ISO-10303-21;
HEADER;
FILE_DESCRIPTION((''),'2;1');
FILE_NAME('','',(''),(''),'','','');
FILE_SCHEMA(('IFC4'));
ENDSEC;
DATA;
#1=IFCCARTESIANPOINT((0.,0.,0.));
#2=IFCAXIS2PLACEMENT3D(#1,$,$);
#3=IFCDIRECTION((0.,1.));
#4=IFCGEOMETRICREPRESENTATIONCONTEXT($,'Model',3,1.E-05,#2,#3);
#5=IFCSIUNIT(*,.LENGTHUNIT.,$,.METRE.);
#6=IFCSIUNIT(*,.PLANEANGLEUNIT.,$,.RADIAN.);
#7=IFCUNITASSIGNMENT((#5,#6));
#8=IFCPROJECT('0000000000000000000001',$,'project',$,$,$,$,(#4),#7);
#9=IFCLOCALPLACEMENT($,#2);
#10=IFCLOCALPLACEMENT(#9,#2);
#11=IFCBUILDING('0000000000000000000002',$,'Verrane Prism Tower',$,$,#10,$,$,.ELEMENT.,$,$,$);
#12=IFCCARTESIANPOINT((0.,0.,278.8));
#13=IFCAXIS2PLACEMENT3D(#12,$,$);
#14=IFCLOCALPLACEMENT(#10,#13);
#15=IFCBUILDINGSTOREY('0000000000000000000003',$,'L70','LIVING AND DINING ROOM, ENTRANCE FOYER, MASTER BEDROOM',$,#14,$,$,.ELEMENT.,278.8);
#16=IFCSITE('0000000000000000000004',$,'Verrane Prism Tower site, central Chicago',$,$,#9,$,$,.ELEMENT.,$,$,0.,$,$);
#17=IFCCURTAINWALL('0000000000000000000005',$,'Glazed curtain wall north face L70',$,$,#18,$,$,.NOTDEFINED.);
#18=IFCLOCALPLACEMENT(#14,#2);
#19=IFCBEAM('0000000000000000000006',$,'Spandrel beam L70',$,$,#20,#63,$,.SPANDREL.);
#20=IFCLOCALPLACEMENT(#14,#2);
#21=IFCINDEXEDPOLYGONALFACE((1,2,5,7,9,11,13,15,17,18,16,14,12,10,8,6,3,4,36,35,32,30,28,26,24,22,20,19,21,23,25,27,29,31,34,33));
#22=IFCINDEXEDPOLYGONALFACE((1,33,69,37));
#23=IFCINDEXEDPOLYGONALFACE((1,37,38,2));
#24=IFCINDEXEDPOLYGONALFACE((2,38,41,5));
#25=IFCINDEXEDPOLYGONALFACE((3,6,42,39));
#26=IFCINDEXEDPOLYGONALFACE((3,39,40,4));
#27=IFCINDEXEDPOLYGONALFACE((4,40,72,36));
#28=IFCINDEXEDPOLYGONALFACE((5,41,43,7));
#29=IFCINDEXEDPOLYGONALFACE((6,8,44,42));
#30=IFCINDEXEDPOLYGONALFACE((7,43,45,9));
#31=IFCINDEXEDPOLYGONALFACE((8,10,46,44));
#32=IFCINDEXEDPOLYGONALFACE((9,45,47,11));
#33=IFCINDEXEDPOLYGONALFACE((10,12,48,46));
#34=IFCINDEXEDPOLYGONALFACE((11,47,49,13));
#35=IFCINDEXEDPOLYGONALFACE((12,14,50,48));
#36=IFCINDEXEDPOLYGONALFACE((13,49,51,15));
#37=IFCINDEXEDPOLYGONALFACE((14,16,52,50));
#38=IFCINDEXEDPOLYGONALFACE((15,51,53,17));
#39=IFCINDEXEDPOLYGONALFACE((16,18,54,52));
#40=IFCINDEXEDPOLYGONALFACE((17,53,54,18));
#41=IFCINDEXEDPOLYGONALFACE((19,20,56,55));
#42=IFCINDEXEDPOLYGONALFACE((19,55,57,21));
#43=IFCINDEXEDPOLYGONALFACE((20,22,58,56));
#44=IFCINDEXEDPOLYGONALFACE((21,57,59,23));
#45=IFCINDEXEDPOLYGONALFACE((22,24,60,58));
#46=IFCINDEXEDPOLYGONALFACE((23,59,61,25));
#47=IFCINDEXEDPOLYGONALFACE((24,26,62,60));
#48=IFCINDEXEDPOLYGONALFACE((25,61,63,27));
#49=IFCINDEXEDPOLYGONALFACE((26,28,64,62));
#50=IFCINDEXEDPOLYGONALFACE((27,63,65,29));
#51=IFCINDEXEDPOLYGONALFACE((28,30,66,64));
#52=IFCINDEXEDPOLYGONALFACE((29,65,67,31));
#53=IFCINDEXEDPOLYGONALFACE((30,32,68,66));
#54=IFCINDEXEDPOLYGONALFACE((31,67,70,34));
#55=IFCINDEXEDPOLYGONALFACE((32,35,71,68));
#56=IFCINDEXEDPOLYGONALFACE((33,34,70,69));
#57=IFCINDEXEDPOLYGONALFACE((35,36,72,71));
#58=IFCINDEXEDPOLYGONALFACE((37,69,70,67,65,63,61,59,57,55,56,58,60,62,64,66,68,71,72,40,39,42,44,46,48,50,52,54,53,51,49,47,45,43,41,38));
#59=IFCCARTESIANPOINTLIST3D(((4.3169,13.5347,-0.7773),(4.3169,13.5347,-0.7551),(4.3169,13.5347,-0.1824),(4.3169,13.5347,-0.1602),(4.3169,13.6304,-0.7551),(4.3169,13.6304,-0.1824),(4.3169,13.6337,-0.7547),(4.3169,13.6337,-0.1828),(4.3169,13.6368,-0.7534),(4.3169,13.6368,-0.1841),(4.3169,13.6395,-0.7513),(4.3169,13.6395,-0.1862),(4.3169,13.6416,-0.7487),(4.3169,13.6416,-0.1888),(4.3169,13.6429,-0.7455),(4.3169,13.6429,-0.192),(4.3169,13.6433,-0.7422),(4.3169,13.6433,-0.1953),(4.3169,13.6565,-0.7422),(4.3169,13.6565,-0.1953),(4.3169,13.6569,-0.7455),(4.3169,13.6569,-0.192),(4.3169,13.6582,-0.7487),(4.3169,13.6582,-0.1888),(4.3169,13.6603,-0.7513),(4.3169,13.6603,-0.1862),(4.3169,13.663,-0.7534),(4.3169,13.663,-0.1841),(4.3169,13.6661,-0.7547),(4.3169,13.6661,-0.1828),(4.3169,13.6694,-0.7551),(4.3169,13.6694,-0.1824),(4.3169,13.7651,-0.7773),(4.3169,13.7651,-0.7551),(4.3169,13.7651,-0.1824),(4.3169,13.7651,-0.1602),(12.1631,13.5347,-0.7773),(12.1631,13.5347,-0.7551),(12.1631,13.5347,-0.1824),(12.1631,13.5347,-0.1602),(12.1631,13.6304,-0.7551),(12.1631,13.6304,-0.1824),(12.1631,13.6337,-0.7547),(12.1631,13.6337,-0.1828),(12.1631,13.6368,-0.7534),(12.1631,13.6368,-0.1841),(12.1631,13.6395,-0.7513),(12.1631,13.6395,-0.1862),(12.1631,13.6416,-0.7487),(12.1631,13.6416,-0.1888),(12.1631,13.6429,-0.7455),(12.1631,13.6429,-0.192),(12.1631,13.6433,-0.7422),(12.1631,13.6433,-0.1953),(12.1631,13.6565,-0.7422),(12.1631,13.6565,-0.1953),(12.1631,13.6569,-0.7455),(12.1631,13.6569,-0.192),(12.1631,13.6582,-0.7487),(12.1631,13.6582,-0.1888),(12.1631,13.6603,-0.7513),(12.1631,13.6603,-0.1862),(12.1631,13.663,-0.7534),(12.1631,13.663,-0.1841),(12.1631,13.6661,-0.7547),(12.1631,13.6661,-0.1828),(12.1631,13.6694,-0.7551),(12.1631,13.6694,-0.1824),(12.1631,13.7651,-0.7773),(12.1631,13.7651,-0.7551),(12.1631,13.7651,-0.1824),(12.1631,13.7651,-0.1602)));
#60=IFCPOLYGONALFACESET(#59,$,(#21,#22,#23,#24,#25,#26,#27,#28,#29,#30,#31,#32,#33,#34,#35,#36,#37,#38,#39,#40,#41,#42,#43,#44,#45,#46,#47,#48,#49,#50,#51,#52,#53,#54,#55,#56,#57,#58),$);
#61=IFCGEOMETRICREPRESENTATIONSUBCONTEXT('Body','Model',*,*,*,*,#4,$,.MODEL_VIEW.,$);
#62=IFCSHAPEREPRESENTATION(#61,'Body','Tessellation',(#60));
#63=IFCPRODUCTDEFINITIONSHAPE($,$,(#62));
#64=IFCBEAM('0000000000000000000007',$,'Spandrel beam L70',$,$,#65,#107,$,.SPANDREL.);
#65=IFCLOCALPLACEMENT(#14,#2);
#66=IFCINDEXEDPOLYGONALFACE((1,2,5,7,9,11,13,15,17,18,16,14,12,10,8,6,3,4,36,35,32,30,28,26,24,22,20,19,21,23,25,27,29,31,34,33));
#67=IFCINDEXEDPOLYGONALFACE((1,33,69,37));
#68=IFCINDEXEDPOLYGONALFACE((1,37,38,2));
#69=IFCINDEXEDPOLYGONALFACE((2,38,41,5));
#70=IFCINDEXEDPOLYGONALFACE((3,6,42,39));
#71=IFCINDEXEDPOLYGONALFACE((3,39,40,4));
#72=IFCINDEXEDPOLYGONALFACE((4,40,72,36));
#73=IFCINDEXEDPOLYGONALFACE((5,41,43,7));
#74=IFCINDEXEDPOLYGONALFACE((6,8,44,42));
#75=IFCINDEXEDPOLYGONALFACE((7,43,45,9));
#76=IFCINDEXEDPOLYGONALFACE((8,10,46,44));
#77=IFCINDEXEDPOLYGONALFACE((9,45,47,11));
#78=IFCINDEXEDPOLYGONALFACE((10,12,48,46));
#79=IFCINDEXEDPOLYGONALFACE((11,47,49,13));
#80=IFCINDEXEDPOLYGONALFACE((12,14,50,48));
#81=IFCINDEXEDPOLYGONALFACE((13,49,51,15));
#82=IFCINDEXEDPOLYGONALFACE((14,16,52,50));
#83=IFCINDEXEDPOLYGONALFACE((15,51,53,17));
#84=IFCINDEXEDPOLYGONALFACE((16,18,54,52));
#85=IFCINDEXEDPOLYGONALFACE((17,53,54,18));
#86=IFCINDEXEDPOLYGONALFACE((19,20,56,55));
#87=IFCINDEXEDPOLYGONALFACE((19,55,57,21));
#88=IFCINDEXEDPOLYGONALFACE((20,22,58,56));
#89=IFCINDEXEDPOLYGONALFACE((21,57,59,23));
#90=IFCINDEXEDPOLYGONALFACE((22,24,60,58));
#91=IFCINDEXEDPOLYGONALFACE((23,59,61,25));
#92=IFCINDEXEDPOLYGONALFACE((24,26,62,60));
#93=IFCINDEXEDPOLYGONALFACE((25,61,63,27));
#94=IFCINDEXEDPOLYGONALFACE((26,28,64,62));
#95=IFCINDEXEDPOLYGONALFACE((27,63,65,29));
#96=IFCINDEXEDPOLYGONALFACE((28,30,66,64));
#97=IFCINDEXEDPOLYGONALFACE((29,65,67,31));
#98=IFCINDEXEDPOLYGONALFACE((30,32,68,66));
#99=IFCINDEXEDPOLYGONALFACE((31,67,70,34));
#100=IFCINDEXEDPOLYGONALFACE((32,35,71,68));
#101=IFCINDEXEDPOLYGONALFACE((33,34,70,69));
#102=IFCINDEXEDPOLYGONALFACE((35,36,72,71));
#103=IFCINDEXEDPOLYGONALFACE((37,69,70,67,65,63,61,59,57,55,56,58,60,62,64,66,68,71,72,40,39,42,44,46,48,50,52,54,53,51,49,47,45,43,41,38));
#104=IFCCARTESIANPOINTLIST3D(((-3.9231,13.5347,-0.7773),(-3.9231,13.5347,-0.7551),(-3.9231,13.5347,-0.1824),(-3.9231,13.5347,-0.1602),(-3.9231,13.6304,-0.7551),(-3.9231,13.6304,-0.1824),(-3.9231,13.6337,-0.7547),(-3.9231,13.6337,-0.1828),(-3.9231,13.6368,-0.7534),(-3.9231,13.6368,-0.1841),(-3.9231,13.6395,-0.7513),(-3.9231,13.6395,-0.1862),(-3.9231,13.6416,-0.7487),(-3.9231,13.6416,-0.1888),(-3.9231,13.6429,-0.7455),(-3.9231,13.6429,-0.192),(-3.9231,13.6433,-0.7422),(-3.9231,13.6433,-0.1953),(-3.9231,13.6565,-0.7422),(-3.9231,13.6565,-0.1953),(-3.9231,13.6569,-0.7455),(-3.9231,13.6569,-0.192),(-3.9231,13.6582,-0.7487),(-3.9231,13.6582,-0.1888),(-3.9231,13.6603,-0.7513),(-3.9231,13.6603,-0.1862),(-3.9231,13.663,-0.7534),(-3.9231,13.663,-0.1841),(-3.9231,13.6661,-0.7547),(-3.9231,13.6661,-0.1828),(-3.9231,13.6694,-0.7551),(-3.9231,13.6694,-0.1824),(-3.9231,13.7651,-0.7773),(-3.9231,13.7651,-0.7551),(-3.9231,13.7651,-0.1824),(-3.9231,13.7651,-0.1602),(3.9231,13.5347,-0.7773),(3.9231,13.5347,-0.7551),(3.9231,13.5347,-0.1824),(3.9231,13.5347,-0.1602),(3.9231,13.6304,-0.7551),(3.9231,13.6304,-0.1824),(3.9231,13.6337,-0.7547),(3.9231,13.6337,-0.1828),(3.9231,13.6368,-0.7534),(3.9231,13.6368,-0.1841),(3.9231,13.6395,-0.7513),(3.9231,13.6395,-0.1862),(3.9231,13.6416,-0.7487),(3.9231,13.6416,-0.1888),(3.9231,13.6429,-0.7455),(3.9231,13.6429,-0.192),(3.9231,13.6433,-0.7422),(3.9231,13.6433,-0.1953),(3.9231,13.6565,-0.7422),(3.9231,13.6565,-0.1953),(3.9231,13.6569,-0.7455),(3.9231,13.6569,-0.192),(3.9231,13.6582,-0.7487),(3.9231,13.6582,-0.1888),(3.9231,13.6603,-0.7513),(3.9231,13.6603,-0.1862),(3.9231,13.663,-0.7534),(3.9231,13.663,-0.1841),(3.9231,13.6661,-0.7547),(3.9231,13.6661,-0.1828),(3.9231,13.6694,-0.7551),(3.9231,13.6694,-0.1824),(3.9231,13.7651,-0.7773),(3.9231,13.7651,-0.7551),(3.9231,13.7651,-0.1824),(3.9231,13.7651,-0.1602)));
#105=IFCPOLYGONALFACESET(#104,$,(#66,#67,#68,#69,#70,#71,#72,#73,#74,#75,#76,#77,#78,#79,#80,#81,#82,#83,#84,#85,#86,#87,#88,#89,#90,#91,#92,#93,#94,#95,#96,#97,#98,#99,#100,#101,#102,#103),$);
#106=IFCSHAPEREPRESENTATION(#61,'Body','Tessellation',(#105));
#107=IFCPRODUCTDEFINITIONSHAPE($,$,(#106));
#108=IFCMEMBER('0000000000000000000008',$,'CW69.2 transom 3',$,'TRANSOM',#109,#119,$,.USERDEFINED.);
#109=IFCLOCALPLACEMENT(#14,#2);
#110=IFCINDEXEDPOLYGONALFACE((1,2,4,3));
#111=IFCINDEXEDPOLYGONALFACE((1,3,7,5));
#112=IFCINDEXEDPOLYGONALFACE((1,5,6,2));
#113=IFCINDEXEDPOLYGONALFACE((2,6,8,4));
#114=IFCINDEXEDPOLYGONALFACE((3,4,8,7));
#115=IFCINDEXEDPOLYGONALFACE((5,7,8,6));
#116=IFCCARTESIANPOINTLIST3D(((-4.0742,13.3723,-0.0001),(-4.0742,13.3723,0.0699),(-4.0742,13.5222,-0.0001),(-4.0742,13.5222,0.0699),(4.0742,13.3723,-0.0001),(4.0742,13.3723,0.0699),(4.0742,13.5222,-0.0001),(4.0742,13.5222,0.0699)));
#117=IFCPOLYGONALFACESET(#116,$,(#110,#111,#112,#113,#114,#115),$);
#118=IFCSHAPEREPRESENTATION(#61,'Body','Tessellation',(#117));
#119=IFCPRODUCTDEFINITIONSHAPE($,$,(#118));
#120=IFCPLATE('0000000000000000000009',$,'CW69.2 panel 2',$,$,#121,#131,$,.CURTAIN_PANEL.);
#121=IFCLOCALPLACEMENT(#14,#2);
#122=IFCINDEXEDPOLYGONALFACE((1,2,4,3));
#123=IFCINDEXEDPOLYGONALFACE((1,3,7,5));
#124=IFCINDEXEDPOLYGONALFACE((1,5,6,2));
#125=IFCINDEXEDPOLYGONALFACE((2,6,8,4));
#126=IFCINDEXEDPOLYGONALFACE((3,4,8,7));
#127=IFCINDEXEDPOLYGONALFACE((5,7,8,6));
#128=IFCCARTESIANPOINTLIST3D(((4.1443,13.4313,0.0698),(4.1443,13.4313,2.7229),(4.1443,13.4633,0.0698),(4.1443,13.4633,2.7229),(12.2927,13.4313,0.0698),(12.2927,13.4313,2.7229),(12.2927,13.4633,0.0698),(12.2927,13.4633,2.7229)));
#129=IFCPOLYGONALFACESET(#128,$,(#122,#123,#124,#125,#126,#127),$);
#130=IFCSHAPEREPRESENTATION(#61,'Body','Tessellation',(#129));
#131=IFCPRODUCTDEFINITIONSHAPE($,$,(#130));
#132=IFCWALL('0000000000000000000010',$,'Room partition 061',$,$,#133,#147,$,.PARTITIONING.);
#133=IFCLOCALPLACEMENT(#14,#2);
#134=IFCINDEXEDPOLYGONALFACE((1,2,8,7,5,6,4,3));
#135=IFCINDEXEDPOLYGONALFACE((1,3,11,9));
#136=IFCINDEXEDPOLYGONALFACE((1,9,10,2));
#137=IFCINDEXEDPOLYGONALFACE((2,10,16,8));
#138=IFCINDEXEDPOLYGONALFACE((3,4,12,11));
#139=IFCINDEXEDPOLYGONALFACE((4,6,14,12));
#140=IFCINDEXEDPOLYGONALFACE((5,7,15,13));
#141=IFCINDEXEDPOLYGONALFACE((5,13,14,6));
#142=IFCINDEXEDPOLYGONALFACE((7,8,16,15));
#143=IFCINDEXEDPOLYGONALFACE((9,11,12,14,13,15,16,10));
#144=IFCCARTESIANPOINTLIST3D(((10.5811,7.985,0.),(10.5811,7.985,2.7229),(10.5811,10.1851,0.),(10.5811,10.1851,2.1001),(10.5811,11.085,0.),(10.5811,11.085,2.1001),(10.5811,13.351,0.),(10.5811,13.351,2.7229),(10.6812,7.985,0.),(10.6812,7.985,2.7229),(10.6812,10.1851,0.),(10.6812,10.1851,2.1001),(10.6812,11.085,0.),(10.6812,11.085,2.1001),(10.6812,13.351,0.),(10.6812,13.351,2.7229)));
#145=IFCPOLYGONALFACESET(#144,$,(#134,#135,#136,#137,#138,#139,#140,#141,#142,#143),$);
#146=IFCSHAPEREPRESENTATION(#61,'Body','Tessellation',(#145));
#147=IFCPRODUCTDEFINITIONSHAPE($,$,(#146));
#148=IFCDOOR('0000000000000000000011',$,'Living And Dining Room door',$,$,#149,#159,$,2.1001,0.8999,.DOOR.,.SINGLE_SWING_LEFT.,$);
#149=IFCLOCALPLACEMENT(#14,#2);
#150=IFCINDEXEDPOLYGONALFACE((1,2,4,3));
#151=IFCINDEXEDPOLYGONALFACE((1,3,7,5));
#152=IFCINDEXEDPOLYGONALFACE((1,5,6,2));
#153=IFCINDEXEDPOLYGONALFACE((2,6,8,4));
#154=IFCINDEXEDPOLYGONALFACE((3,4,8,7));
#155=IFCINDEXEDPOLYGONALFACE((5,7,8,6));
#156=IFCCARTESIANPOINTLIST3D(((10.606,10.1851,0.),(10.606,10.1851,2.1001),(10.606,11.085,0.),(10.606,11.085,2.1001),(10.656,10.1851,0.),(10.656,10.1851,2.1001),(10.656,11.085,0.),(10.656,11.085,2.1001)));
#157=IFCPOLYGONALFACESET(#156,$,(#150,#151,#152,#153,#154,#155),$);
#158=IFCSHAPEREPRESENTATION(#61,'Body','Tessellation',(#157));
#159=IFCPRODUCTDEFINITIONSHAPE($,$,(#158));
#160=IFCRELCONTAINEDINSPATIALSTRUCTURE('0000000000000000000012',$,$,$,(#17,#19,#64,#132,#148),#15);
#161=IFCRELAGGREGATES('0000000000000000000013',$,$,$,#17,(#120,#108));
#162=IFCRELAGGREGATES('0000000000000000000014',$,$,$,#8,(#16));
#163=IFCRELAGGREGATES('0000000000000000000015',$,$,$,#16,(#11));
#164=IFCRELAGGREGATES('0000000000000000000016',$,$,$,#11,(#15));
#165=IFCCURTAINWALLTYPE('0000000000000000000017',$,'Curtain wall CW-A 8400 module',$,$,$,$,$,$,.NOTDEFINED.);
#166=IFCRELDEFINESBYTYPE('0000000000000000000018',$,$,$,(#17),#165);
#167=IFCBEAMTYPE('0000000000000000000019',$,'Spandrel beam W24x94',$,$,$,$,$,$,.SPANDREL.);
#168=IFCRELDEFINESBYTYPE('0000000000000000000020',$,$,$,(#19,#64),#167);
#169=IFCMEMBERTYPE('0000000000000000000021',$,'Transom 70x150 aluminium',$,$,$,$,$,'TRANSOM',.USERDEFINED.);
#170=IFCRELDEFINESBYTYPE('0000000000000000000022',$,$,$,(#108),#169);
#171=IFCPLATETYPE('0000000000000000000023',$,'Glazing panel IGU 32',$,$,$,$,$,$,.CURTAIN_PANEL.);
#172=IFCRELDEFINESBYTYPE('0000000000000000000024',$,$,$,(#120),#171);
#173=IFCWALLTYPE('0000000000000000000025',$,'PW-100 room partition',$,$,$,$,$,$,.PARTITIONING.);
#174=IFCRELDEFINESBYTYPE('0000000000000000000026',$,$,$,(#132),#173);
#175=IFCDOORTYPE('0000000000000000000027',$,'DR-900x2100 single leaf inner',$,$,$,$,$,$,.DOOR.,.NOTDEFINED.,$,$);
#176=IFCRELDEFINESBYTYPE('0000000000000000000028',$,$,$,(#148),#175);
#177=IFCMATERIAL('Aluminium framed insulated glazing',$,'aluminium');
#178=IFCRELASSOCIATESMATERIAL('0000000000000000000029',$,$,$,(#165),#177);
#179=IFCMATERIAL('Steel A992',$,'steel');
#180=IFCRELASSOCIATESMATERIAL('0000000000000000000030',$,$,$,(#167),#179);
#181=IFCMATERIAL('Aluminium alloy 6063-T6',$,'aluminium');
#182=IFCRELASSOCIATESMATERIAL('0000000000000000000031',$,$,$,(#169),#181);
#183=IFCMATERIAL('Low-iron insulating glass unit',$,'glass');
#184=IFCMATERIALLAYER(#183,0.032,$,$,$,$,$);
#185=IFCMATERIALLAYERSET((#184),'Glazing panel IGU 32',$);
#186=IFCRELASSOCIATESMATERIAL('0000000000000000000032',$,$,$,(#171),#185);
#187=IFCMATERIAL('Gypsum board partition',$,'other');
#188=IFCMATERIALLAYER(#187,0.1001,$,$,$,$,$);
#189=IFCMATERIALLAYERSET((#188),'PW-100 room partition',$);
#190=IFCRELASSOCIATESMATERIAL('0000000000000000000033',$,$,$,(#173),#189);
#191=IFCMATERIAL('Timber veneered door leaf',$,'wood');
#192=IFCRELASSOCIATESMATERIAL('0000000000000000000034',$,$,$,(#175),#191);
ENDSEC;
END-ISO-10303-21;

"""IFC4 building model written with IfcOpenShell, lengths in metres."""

from ifc_helpers import new_model, si_unit, direction, frame, frame_2d, origin, origin_2d, place, context, subcontext, project, spatial, rectangle, i_section, extrude, material, layer, layer_set, material_profile, profile_set, type_object, element, fill, aggregate, save


model = new_model("IFC4")

# Units and contexts
model_context = context("Model", 3, precision=1e-05, world=origin(), true_north=direction((0.0, 1.0)))
body_context = subcontext(model_context, "Body", "Model", "MODEL_VIEW")
ifc_project = project(units=[si_unit("LENGTHUNIT", "METRE"), si_unit("PLANEANGLEUNIT", "RADIAN")], contexts=[model_context])

# Site, building, storey
site_placement = place(None, origin())
site = spatial("IfcSite", under=ifc_project, at=site_placement, Name="Verrane Prism Tower site, central Chicago", CompositionType="ELEMENT", RefElevation=0.0)
building_placement = place(site_placement, origin())
building = spatial("IfcBuilding", under=site, at=building_placement, Name="Verrane Prism Tower", CompositionType="ELEMENT")
storey_placement = place(building_placement, frame((0.0, 0.0, 278.8)))
storey = spatial("IfcBuildingStorey", under=building, at=storey_placement, Name="L70", Description="LIVING AND DINING ROOM, ENTRANCE FOYER, MASTER BEDROOM", CompositionType="ELEMENT", Elevation=278.8)

# Curtain wall
ifc_material_1 = material(Name="Aluminium framed insulated glazing", Category="aluminium")
curtain_wall_type = type_object("IfcCurtainWallType", Name="Curtain wall CW-A 8400 module", PredefinedType="NOTDEFINED", material=ifc_material_1)
curtain_wall_placement = place(storey_placement, origin())
curtain_wall = element("IfcCurtainWall", 1, at=curtain_wall_placement, inside=storey, type_object=curtain_wall_type, Name="Glazed curtain wall north face L70", PredefinedType="NOTDEFINED")

# Beams
ifc_material_2 = material(Name="Steel A992", Category="steel")
ifc_material_profile_1 = material_profile(ifc_material_2, i_section(OverallWidth=0.2305, OverallDepth=0.6172, WebThickness=0.0132, FlangeThickness=0.0222, FilletRadius=0.0129, at=origin_2d()), Name="W24x94")
ifc_profile_set_1 = profile_set([ifc_material_profile_1], Name="Steel A992")
beam_type_1 = type_object("IfcBeamType", Name="Spandrel beam W24x94", PredefinedType="SPANDREL", material=ifc_profile_set_1)
for number, where, z_axis, x_axis, name in (
    (2, (12.1631, 13.6499, -0.4688), (-1.0, 0.0, 0.0), (0.0, -1.0, 0.0), "Spandrel beam L70"),
    (3, (3.9231, 13.6499, -0.4688), (-1.0, 0.0, 0.0), (0.0, -1.0, 0.0), "Spandrel beam L70"),
):
    element("IfcBeam", number, at=place(storey_placement, frame(where, z_axis=z_axis, x_axis=x_axis)), inside=storey, type_object=beam_type_1, Name=name, PredefinedType="SPANDREL", context=body_context, shape_type="SweptSolid", body=[
        extrude(i_section(OverallWidth=0.2305, OverallDepth=0.6172, WebThickness=0.0132, FlangeThickness=0.0222, FilletRadius=0.0129, at=origin_2d()), origin(), (0.0, 0.0, 1.0), 7.8462),
    ])

# Member
ifc_material_3 = material(Name="Aluminium alloy 6063-T6", Category="aluminium")
ifc_material_profile_2 = material_profile(ifc_material_3, rectangle(XDim=0.1499, YDim=0.0701, at=origin_2d()), Name="Transom 70x150 aluminium")
ifc_profile_set_2 = profile_set([ifc_material_profile_2], Name="Aluminium alloy 6063-T6")
member_type_1 = type_object("IfcMemberType", Name="Transom 70x150 aluminium", ElementType="TRANSOM", PredefinedType="USERDEFINED", material=ifc_profile_set_2)
member_1_placement = place(storey_placement, frame((4.0742, 13.4473, 0.0349), z_axis=(-1.0, 0.0, 0.0), x_axis=(0.0, -1.0, 0.0)))
member_1 = element("IfcMember", 4, at=member_1_placement, type_object=member_type_1, Name="CW69.2 transom 3", ObjectType="TRANSOM", PredefinedType="USERDEFINED", context=body_context, shape_type="SweptSolid", body=[
    extrude(rectangle(XDim=0.1499, YDim=0.0701, at=origin_2d()), origin(), (0.0, 0.0, 1.0), 8.1484),
])

# Plate
ifc_material_4 = material(Name="Low-iron insulating glass unit", Category="glass")
ifc_layer_1 = layer(ifc_material_4, 0.032)
ifc_layer_set_1 = layer_set([ifc_layer_1], Name="Glazing panel IGU 32")
plate_type = type_object("IfcPlateType", Name="Glazing panel IGU 32", PredefinedType="CURTAIN_PANEL", material=ifc_layer_set_1)
plate_placement = place(storey_placement, frame((8.2185, 13.4473, 0.0698), z_axis=(0.0, 0.0, 1.0), x_axis=(-1.0, 0.0, 0.0)))
plate = element("IfcPlate", 5, at=plate_placement, type_object=plate_type, Name="CW69.2 panel 2", PredefinedType="CURTAIN_PANEL", context=body_context, shape_type="SweptSolid", body=[
    extrude(rectangle(XDim=8.1484, YDim=0.032, at=origin_2d()), origin(), (0.0, 0.0, 1.0), 2.6531),
])
aggregate(curtain_wall, [plate, member_1])

# Wall, opening, door
ifc_material_5 = material(Name="Gypsum board partition", Category="other")
ifc_layer_2 = layer(ifc_material_5, 0.1001)
ifc_layer_set_2 = layer_set([ifc_layer_2], Name="PW-100 room partition")
wall_type_1 = type_object("IfcWallType", Name="PW-100 room partition", PredefinedType="PARTITIONING", material=ifc_layer_set_2)
wall_1_placement = place(storey_placement, frame((10.6311, 13.3511, 0.0), z_axis=(0.0, 0.0, 1.0), x_axis=(0.0, -1.0, 0.0)))
wall_1 = element("IfcWall", 6, at=wall_1_placement, inside=storey, type_object=wall_type_1, Name="Room partition 061", PredefinedType="PARTITIONING", context=body_context, shape_type="SweptSolid", body=[
    extrude(rectangle(XDim=5.366, YDim=0.1001, at=frame_2d((2.6831, 0.0))), origin(), (0.0, 0.0, 1.0), 2.7229),
])
opening_1_placement = place(wall_1_placement, frame((2.2661, 0.0, 0.0)))
opening_1 = element("IfcOpeningElement", 7, at=opening_1_placement, cuts=wall_1, PredefinedType="OPENING", context=body_context, shape_type="SweptSolid", body=[
    extrude(rectangle(XDim=0.8999, YDim=2.1001, at=frame_2d((0.45, 1.05))), frame((0.0, 0.0601, 0.0), z_axis=(0.0, -1.0, 0.0), x_axis=(1.0, 0.0, 0.0)), (0.0, 0.0, 1.0), 0.1201),
])
ifc_material_6 = material(Name="Timber veneered door leaf", Category="wood")
door_type_1 = type_object("IfcDoorType", Name="DR-900x2100 single leaf inner", OperationType="NOTDEFINED", PredefinedType="DOOR", material=ifc_material_6)
door_1_placement = place(opening_1_placement, origin())
door_1 = element("IfcDoor", 8, at=door_1_placement, inside=storey, type_object=door_type_1, Name="Living And Dining Room door", OperationType="SINGLE_SWING_LEFT", OverallHeight=2.1001, OverallWidth=0.8999, PredefinedType="DOOR", context=body_context, shape_type="SweptSolid", body=[
    extrude(rectangle(XDim=0.8999, YDim=2.1001, at=frame_2d((0.45, 1.05))), frame((0.0, 0.0249, 0.0), z_axis=(0.0, -1.0, 0.0), x_axis=(1.0, 0.0, 0.0)), (0.0, 0.0, 1.0), 0.05),
])
fill(opening_1, door_1)

save(model, "model.ifc")
